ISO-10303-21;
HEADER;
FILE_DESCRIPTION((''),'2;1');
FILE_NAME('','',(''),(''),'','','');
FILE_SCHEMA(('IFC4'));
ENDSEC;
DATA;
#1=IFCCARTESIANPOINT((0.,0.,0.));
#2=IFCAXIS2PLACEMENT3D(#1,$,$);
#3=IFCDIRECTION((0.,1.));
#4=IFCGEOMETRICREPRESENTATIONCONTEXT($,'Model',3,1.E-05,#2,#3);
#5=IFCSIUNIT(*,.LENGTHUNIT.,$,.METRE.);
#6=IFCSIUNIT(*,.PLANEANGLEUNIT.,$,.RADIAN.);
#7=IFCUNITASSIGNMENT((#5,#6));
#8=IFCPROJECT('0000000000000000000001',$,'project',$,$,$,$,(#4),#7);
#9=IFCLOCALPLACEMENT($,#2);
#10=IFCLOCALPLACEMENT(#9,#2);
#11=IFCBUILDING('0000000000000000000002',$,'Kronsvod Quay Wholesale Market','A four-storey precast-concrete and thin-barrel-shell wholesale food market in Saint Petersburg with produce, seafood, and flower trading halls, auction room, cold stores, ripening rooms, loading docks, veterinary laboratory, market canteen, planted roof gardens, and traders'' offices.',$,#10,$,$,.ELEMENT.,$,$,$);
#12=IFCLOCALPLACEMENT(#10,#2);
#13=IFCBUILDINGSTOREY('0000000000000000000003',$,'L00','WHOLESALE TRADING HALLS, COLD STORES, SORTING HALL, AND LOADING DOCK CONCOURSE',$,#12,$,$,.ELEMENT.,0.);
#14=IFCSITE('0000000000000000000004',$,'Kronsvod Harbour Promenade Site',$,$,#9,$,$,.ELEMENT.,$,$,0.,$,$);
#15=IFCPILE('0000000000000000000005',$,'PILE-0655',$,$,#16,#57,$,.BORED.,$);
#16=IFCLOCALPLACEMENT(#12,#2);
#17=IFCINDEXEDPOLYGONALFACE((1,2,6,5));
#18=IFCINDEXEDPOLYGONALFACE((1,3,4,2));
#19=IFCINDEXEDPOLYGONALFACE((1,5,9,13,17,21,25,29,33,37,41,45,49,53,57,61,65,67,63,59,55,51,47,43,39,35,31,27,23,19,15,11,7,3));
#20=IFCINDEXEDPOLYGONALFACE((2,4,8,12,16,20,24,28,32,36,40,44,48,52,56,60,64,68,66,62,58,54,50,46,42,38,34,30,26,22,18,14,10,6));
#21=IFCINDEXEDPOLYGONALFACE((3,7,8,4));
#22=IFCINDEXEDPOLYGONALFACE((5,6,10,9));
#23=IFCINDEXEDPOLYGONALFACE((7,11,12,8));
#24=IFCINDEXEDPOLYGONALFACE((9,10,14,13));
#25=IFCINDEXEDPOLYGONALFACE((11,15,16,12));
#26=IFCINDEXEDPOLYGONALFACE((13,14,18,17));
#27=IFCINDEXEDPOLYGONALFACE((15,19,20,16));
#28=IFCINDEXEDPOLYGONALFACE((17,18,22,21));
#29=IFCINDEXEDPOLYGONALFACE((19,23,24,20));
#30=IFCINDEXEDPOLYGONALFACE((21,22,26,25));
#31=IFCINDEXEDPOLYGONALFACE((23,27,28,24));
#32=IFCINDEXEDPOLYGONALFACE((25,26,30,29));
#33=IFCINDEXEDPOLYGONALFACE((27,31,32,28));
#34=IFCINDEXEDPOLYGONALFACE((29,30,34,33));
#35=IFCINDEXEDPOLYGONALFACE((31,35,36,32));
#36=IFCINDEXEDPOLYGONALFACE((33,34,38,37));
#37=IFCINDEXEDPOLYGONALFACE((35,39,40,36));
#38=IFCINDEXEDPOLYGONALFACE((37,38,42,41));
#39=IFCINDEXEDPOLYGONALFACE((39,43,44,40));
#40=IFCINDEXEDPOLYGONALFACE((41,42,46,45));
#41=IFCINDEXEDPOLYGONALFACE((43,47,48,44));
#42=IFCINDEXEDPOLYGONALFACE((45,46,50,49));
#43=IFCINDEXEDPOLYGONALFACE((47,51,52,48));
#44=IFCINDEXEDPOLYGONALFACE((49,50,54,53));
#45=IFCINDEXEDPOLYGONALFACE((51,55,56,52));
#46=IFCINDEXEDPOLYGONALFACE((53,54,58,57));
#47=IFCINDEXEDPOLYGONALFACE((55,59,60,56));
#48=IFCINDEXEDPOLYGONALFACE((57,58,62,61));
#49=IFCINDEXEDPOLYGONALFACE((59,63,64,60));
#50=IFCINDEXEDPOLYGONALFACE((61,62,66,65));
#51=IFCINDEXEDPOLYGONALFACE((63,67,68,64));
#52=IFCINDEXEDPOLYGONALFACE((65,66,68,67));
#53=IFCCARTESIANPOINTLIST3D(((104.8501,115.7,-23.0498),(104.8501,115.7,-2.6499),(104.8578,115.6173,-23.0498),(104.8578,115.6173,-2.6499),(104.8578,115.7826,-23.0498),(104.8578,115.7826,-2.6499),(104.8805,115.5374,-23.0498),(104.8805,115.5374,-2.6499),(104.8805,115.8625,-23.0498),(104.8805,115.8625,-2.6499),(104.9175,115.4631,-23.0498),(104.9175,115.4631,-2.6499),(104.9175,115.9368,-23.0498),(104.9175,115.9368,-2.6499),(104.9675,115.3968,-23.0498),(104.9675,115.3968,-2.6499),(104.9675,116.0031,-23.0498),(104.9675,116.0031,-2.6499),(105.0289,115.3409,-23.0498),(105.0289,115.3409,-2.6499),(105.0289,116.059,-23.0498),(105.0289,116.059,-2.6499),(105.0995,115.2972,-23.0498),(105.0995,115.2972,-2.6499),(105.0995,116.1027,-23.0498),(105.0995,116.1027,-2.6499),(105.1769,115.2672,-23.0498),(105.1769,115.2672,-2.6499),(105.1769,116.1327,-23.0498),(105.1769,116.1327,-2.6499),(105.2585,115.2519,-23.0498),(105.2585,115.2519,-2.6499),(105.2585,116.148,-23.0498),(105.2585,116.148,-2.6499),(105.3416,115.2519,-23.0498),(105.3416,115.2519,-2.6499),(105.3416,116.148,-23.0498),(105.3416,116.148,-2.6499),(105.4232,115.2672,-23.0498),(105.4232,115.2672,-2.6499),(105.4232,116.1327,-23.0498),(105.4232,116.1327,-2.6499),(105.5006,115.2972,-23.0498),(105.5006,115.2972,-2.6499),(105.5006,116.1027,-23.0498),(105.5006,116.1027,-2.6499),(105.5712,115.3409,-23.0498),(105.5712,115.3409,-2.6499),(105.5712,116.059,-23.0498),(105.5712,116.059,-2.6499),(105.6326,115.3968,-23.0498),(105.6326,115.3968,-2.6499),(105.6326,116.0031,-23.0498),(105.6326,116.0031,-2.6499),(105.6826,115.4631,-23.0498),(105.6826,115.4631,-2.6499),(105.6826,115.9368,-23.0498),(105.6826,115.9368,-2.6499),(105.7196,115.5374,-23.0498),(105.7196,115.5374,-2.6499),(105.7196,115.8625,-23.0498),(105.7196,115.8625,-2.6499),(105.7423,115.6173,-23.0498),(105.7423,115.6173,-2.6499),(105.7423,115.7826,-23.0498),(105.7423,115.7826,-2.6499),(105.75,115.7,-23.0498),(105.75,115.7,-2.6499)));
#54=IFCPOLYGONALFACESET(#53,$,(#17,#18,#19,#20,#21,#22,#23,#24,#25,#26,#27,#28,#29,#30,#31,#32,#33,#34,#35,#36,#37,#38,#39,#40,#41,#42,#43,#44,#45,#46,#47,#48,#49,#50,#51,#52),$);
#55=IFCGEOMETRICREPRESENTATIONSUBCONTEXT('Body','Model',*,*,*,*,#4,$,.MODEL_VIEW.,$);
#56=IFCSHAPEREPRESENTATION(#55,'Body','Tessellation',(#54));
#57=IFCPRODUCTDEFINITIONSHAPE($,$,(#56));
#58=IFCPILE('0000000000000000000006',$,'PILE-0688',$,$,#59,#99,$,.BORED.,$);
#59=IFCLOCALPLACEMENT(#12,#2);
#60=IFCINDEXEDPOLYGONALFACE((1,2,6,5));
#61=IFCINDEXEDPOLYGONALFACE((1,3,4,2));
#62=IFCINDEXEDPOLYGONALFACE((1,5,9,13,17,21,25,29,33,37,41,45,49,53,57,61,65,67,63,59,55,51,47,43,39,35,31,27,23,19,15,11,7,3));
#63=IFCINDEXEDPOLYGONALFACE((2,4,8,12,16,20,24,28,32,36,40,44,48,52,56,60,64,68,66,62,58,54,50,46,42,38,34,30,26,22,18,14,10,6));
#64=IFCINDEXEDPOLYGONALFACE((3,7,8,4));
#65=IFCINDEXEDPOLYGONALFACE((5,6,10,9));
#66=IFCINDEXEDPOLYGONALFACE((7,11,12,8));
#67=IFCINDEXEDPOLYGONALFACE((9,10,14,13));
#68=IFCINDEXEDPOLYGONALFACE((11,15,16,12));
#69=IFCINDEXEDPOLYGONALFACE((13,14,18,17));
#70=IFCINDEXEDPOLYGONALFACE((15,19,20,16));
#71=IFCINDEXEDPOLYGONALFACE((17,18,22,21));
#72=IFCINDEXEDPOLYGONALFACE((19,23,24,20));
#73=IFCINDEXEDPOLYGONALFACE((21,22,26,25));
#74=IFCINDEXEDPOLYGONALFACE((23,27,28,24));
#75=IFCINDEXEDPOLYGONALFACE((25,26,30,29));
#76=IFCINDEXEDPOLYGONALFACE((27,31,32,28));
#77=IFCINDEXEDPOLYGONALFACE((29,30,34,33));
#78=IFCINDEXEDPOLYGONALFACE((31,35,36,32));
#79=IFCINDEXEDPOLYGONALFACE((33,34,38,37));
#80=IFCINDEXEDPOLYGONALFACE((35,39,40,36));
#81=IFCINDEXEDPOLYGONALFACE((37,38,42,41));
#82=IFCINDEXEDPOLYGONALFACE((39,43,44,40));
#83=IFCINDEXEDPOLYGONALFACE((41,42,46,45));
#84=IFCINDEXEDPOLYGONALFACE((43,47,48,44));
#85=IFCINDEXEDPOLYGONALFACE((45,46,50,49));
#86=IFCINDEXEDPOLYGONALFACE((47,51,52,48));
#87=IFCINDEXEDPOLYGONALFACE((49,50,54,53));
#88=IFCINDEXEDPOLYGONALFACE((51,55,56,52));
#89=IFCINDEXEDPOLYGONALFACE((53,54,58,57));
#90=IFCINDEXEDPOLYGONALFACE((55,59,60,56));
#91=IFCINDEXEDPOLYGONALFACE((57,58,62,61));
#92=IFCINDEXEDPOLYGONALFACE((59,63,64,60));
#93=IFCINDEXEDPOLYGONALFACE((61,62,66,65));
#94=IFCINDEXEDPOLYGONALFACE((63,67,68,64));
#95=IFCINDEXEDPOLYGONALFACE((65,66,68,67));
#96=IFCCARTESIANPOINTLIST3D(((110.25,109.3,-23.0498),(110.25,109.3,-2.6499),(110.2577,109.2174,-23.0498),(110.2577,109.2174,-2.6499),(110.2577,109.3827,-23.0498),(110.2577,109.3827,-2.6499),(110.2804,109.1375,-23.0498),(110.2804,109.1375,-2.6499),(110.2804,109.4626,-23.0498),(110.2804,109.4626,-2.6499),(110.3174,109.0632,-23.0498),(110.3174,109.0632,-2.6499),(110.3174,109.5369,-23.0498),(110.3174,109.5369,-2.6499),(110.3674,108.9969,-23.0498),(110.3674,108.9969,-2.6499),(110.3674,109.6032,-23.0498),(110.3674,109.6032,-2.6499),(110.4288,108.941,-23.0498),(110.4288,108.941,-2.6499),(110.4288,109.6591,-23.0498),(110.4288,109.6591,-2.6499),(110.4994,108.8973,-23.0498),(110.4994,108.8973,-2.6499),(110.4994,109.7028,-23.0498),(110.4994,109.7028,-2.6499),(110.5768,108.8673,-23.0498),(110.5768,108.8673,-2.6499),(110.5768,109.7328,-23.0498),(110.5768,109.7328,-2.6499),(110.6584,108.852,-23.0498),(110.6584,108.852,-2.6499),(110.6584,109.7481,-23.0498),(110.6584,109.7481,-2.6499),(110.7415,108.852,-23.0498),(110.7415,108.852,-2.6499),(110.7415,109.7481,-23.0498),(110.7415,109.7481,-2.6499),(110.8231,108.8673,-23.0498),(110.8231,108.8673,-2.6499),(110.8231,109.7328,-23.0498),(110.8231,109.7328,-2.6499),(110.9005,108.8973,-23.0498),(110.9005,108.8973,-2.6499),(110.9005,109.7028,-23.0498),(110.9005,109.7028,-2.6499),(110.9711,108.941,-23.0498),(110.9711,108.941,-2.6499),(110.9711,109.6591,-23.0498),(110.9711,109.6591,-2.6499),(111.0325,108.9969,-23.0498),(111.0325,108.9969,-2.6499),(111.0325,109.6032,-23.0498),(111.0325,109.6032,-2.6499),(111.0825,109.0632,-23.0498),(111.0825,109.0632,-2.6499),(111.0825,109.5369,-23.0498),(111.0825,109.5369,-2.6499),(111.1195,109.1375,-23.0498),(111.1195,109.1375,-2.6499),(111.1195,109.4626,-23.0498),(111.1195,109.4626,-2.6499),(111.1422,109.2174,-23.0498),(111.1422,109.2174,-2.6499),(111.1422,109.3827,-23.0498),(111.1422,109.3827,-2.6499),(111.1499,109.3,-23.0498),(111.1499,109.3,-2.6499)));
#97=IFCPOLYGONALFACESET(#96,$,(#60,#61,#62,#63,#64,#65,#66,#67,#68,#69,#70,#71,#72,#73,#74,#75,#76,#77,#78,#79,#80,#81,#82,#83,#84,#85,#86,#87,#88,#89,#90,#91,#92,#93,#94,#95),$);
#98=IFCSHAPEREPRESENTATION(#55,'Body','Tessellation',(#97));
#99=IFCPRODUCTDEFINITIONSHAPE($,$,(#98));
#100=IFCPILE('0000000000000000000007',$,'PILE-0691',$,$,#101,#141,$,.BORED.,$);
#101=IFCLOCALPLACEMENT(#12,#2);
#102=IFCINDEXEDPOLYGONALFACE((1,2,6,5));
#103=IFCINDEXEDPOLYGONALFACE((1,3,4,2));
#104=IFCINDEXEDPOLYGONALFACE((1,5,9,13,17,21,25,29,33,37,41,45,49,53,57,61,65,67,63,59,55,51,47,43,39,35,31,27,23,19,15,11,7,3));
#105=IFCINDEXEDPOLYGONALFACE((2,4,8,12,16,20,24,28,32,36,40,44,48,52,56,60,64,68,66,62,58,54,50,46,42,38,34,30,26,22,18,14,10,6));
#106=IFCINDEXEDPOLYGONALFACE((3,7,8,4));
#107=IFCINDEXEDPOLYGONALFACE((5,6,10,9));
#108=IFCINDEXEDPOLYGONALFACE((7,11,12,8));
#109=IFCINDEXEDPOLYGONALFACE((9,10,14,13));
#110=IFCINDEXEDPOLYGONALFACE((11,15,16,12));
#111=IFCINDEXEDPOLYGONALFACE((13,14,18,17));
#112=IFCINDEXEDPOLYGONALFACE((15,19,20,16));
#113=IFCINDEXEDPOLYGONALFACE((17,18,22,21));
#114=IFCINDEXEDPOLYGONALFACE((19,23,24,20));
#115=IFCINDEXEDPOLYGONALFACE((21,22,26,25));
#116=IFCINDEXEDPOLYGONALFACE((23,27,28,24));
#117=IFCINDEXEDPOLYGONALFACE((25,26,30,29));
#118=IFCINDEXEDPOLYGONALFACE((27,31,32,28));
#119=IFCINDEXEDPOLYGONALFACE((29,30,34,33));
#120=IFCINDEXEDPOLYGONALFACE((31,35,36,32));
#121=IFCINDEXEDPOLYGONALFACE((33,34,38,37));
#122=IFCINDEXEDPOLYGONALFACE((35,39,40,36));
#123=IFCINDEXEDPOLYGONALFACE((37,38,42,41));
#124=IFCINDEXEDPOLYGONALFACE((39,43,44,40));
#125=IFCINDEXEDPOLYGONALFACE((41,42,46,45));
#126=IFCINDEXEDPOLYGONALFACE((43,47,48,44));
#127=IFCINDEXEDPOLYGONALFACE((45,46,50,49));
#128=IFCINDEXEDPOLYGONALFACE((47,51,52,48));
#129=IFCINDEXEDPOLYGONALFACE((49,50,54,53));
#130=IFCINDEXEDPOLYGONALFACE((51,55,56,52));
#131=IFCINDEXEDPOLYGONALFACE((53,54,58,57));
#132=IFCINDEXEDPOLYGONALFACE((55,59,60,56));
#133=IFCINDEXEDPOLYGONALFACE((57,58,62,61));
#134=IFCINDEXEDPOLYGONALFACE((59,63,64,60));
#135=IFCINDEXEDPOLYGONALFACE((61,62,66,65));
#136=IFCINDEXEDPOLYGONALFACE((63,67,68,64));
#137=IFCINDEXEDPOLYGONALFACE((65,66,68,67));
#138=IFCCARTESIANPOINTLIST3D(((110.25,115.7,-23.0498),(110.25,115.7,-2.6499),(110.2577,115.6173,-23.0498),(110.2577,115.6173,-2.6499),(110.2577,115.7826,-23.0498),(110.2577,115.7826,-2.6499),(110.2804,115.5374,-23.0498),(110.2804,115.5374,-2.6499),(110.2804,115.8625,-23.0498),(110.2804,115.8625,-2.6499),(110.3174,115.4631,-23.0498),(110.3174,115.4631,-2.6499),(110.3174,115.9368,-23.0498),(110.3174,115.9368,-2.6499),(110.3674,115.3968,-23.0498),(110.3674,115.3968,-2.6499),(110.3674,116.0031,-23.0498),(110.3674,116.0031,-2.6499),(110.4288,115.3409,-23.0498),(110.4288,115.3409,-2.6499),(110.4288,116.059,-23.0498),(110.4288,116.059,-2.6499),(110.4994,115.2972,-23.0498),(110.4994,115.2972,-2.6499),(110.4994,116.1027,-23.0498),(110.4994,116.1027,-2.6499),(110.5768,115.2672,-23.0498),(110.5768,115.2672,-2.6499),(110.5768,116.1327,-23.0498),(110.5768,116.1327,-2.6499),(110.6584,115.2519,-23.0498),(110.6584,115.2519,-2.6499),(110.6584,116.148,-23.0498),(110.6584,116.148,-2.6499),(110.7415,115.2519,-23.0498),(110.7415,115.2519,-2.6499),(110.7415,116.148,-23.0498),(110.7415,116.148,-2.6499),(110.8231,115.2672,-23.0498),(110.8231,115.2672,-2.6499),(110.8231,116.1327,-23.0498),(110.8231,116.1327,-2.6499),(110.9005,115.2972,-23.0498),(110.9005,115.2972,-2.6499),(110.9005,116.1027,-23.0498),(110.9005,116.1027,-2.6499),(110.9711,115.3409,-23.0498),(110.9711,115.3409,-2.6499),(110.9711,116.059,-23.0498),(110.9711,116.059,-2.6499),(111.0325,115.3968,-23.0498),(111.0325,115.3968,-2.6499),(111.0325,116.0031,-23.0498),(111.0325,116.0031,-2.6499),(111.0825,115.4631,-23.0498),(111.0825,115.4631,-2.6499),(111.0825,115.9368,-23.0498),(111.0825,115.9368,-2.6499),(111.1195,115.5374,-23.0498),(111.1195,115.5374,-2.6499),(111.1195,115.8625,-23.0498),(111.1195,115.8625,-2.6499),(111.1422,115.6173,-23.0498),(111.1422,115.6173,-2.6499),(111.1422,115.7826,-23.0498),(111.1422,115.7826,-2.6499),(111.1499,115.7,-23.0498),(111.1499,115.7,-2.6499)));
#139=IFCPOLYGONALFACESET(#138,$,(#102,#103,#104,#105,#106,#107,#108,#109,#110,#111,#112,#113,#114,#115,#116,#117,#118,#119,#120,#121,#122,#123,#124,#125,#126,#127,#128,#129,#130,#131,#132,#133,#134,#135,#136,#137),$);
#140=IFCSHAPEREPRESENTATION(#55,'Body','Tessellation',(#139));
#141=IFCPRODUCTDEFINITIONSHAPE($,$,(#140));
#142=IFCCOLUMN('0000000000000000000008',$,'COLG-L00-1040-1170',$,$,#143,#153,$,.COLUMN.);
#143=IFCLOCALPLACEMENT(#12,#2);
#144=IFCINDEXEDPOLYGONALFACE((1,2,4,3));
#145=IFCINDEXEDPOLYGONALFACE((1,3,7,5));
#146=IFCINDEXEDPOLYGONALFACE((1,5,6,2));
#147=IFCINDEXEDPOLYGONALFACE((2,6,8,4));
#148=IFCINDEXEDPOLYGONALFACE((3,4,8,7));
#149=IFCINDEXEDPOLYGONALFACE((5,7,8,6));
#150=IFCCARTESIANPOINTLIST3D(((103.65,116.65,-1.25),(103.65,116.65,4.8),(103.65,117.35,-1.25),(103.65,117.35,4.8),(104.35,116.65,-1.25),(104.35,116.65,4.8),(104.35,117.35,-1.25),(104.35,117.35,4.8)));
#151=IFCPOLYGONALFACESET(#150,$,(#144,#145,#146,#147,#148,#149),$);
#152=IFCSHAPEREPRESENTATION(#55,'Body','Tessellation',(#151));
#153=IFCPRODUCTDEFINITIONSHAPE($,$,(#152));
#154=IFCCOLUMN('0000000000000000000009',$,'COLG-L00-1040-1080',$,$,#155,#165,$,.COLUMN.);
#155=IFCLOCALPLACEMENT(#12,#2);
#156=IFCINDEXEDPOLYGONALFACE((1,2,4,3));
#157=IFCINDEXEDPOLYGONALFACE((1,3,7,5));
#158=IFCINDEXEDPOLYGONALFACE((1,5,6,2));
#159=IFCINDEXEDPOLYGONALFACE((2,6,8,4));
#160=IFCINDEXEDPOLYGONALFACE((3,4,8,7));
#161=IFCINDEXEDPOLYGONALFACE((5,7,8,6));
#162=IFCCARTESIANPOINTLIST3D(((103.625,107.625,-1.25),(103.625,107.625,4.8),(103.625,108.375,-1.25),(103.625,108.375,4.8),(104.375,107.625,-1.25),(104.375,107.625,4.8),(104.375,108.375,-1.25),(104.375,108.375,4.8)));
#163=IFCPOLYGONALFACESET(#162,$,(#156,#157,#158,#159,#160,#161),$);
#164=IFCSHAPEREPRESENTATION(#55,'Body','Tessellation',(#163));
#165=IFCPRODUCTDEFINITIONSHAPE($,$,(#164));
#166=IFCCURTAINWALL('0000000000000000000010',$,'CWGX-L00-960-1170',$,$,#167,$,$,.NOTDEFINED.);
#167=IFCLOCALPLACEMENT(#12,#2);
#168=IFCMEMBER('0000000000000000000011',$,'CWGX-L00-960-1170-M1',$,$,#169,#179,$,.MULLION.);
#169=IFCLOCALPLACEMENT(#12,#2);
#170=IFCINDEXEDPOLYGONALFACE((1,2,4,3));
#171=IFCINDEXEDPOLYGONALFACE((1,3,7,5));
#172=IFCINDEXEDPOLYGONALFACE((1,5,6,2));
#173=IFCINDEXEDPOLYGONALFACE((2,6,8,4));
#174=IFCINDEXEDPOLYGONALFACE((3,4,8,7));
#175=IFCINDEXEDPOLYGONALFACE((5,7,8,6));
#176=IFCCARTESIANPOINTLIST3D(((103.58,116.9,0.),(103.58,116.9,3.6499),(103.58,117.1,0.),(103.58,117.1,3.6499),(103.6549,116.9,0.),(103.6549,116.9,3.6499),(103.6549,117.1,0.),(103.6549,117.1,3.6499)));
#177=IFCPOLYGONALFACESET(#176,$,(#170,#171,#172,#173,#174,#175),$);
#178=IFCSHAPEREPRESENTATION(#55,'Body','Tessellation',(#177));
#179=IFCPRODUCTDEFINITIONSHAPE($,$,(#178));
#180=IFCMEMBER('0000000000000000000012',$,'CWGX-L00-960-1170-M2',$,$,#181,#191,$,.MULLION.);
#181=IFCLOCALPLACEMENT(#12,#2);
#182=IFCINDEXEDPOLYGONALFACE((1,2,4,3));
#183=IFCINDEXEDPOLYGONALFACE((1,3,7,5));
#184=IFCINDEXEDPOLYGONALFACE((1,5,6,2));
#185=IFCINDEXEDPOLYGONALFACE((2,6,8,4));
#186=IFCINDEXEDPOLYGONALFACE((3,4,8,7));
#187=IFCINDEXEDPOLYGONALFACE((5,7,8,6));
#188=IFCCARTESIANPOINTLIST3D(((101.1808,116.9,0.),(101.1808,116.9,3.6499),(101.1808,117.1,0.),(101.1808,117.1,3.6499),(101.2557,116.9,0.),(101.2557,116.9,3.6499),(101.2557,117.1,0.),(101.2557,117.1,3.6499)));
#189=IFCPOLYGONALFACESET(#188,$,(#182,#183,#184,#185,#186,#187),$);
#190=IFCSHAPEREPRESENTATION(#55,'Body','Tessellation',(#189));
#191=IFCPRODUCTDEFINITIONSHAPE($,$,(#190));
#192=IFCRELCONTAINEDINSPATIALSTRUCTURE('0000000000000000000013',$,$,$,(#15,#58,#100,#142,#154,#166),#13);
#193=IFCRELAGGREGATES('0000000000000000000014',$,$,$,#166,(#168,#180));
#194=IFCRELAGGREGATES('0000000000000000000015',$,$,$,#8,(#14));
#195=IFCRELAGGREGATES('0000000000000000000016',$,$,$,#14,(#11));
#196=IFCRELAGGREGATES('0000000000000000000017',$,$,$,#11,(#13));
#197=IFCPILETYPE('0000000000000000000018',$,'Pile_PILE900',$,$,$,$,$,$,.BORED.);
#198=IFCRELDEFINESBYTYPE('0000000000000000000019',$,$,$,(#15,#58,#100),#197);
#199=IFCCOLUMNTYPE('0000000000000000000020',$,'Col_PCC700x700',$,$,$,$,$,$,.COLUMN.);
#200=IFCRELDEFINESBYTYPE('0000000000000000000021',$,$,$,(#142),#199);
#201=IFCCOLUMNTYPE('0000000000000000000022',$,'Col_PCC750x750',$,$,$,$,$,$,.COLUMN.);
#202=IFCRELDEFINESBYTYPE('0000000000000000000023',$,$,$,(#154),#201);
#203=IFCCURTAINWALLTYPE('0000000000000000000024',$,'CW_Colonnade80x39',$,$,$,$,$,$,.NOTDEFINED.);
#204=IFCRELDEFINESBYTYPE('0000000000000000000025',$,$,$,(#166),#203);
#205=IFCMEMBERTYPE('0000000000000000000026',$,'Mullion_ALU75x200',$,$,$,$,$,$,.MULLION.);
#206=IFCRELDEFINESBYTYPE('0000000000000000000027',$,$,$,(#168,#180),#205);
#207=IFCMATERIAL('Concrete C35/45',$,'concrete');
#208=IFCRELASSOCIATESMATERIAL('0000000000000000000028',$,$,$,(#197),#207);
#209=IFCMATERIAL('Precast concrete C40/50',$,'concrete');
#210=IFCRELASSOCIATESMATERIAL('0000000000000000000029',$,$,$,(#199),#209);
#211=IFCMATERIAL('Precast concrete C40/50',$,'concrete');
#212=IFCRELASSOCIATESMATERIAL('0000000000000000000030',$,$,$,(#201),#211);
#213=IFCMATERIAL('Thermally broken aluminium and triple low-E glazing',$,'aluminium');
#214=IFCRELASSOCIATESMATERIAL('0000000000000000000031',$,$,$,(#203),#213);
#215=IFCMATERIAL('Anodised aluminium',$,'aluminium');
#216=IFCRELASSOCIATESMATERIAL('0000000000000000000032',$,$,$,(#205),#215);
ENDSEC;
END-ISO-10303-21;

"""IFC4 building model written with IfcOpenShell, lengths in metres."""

from ifc_helpers import new_model, si_unit, direction, frame, origin, origin_2d, place, context, subcontext, project, spatial, rectangle, circle, extrude, material, material_profile, profile_set, type_object, element, aggregate, save


model = new_model("IFC4")

# Units and contexts
model_context = context("Model", 3, precision=1e-05, world=origin(), true_north=direction((0.0, 1.0)))
body_context = subcontext(model_context, "Body", "Model", "MODEL_VIEW")
ifc_project = project(units=[si_unit("LENGTHUNIT", "METRE"), si_unit("PLANEANGLEUNIT", "RADIAN")], contexts=[model_context])

# Site, building, storey
site_placement = place(None, origin())
site = spatial("IfcSite", under=ifc_project, at=site_placement, Name="Kronsvod Harbour Promenade Site", CompositionType="ELEMENT", RefElevation=0.0)
building_placement = place(site_placement, origin())
building = spatial("IfcBuilding", under=site, at=building_placement, Name="Kronsvod Quay Wholesale Market", Description="A four-storey precast-concrete and thin-barrel-shell wholesale food market in Saint Petersburg with produce, seafood, and flower trading halls, auction room, cold stores, ripening rooms, loading docks, veterinary laboratory, market canteen, planted roof gardens, and traders' offices.", CompositionType="ELEMENT")
storey_placement = place(building_placement, origin())
storey = spatial("IfcBuildingStorey", under=building, at=storey_placement, Name="L00", Description="WHOLESALE TRADING HALLS, COLD STORES, SORTING HALL, AND LOADING DOCK CONCOURSE", CompositionType="ELEMENT", Elevation=0.0)

# Piles
ifc_material_1 = material(Name="Concrete C35/45", Category="concrete")
ifc_material_profile_1 = material_profile(ifc_material_1, circle(Radius=0.45, at=origin_2d()), Name="PILE900")
ifc_profile_set_1 = profile_set([ifc_material_profile_1], Name="Concrete C35/45")
pile_type = type_object("IfcPileType", Name="Pile_PILE900", PredefinedType="BORED", material=ifc_profile_set_1)
for number, where, z_axis, x_axis, name in (
    (1, (105.3, 115.7, -2.6499), (0.0, 0.0, -1.0), (1.0, 0.0, 0.0), "PILE-0655"),
    (2, (110.7, 109.3, -2.6499), (0.0, 0.0, -1.0), (1.0, 0.0, 0.0), "PILE-0688"),
    (3, (110.7, 115.7, -2.6499), (0.0, 0.0, -1.0), (1.0, 0.0, 0.0), "PILE-0691"),
):
    element("IfcPile", number, at=place(storey_placement, frame(where, z_axis=z_axis, x_axis=x_axis)), inside=storey, type_object=pile_type, Name=name, PredefinedType="BORED", context=body_context, shape_type="SweptSolid", body=[
        extrude(circle(Radius=0.45, at=origin_2d()), origin(), (0.0, 0.0, 1.0), 20.3999),
    ])

# Columns
ifc_material_2 = material(Name="Precast concrete C40/50", Category="concrete")
ifc_material_profile_2 = material_profile(ifc_material_2, rectangle(XDim=0.7, YDim=0.7, at=origin_2d()), Name="PCC700x700")
ifc_profile_set_2 = profile_set([ifc_material_profile_2], Name="Precast concrete C40/50")
column_type_1 = type_object("IfcColumnType", Name="Col_PCC700x700", PredefinedType="COLUMN", material=ifc_profile_set_2)
column_1_placement = place(storey_placement, frame((104.0, 117.0, -1.25), z_axis=(0.0, 0.0, 1.0), x_axis=(1.0, 0.0, 0.0)))
element("IfcColumn", 4, at=column_1_placement, inside=storey, type_object=column_type_1, Name="COLG-L00-1040-1170", PredefinedType="COLUMN", context=body_context, shape_type="SweptSolid", body=[
    extrude(rectangle(XDim=0.7, YDim=0.7, at=origin_2d()), origin(), (0.0, 0.0, 1.0), 6.05),
])
ifc_material_3 = material(Name="Precast concrete C40/50", Category="concrete")
ifc_material_profile_3 = material_profile(ifc_material_3, rectangle(XDim=0.75, YDim=0.75, at=origin_2d()), Name="COL-07")
ifc_profile_set_3 = profile_set([ifc_material_profile_3], Name="Precast concrete C40/50")
column_type_2 = type_object("IfcColumnType", Name="Col_PCC750x750", PredefinedType="COLUMN", material=ifc_profile_set_3)
column_2_placement = place(storey_placement, frame((104.0, 108.0, -1.25), z_axis=(0.0, 0.0, 1.0), x_axis=(1.0, 0.0, 0.0)))
element("IfcColumn", 5, at=column_2_placement, inside=storey, type_object=column_type_2, Name="COLG-L00-1040-1080", PredefinedType="COLUMN", context=body_context, shape_type="SweptSolid", body=[
    extrude(rectangle(XDim=0.75, YDim=0.75, at=origin_2d()), origin(), (0.0, 0.0, 1.0), 6.05),
])

# Curtain wall, members
ifc_material_4 = material(Name="Thermally broken aluminium and triple low-E glazing", Category="aluminium")
curtain_wall_type = type_object("IfcCurtainWallType", Name="CW_Colonnade80x39", PredefinedType="NOTDEFINED", material=ifc_material_4)
curtain_wall_1_placement = place(storey_placement, origin())
curtain_wall_1 = element("IfcCurtainWall", 6, at=curtain_wall_1_placement, inside=storey, type_object=curtain_wall_type, Name="CWGX-L00-960-1170", PredefinedType="NOTDEFINED")
ifc_material_5 = material(Name="Anodised aluminium", Category="aluminium")
ifc_material_profile_4 = material_profile(ifc_material_5, rectangle(XDim=0.075, YDim=0.2, at=origin_2d()), Name="ALUM75x200")
ifc_profile_set_4 = profile_set([ifc_material_profile_4], Name="Anodised aluminium")
member_type_1 = type_object("IfcMemberType", Name="Mullion_ALU75x200", PredefinedType="MULLION", material=ifc_profile_set_4)
member_1_placement = place(storey_placement, frame((103.6174, 117.0, 0.0), z_axis=(0.0, 0.0, 1.0), x_axis=(1.0, 0.0, 0.0)))
member_1 = element("IfcMember", 7, at=member_1_placement, type_object=member_type_1, Name="CWGX-L00-960-1170-M1", PredefinedType="MULLION", context=body_context, shape_type="SweptSolid", body=[
    extrude(rectangle(XDim=0.075, YDim=0.2, at=origin_2d()), origin(), (0.0, 0.0, 1.0), 3.6499),
])
member_2_placement = place(storey_placement, frame((101.2183, 117.0, 0.0), z_axis=(0.0, 0.0, 1.0), x_axis=(1.0, 0.0, 0.0)))
member_2 = element("IfcMember", 8, at=member_2_placement, type_object=member_type_1, Name="CWGX-L00-960-1170-M2", PredefinedType="MULLION", context=body_context, shape_type="SweptSolid", body=[
    extrude(rectangle(XDim=0.075, YDim=0.2, at=origin_2d()), origin(), (0.0, 0.0, 1.0), 3.6499),
])

aggregate(curtain_wall_1, [member_1, member_2])

save(model, "model.ifc")
